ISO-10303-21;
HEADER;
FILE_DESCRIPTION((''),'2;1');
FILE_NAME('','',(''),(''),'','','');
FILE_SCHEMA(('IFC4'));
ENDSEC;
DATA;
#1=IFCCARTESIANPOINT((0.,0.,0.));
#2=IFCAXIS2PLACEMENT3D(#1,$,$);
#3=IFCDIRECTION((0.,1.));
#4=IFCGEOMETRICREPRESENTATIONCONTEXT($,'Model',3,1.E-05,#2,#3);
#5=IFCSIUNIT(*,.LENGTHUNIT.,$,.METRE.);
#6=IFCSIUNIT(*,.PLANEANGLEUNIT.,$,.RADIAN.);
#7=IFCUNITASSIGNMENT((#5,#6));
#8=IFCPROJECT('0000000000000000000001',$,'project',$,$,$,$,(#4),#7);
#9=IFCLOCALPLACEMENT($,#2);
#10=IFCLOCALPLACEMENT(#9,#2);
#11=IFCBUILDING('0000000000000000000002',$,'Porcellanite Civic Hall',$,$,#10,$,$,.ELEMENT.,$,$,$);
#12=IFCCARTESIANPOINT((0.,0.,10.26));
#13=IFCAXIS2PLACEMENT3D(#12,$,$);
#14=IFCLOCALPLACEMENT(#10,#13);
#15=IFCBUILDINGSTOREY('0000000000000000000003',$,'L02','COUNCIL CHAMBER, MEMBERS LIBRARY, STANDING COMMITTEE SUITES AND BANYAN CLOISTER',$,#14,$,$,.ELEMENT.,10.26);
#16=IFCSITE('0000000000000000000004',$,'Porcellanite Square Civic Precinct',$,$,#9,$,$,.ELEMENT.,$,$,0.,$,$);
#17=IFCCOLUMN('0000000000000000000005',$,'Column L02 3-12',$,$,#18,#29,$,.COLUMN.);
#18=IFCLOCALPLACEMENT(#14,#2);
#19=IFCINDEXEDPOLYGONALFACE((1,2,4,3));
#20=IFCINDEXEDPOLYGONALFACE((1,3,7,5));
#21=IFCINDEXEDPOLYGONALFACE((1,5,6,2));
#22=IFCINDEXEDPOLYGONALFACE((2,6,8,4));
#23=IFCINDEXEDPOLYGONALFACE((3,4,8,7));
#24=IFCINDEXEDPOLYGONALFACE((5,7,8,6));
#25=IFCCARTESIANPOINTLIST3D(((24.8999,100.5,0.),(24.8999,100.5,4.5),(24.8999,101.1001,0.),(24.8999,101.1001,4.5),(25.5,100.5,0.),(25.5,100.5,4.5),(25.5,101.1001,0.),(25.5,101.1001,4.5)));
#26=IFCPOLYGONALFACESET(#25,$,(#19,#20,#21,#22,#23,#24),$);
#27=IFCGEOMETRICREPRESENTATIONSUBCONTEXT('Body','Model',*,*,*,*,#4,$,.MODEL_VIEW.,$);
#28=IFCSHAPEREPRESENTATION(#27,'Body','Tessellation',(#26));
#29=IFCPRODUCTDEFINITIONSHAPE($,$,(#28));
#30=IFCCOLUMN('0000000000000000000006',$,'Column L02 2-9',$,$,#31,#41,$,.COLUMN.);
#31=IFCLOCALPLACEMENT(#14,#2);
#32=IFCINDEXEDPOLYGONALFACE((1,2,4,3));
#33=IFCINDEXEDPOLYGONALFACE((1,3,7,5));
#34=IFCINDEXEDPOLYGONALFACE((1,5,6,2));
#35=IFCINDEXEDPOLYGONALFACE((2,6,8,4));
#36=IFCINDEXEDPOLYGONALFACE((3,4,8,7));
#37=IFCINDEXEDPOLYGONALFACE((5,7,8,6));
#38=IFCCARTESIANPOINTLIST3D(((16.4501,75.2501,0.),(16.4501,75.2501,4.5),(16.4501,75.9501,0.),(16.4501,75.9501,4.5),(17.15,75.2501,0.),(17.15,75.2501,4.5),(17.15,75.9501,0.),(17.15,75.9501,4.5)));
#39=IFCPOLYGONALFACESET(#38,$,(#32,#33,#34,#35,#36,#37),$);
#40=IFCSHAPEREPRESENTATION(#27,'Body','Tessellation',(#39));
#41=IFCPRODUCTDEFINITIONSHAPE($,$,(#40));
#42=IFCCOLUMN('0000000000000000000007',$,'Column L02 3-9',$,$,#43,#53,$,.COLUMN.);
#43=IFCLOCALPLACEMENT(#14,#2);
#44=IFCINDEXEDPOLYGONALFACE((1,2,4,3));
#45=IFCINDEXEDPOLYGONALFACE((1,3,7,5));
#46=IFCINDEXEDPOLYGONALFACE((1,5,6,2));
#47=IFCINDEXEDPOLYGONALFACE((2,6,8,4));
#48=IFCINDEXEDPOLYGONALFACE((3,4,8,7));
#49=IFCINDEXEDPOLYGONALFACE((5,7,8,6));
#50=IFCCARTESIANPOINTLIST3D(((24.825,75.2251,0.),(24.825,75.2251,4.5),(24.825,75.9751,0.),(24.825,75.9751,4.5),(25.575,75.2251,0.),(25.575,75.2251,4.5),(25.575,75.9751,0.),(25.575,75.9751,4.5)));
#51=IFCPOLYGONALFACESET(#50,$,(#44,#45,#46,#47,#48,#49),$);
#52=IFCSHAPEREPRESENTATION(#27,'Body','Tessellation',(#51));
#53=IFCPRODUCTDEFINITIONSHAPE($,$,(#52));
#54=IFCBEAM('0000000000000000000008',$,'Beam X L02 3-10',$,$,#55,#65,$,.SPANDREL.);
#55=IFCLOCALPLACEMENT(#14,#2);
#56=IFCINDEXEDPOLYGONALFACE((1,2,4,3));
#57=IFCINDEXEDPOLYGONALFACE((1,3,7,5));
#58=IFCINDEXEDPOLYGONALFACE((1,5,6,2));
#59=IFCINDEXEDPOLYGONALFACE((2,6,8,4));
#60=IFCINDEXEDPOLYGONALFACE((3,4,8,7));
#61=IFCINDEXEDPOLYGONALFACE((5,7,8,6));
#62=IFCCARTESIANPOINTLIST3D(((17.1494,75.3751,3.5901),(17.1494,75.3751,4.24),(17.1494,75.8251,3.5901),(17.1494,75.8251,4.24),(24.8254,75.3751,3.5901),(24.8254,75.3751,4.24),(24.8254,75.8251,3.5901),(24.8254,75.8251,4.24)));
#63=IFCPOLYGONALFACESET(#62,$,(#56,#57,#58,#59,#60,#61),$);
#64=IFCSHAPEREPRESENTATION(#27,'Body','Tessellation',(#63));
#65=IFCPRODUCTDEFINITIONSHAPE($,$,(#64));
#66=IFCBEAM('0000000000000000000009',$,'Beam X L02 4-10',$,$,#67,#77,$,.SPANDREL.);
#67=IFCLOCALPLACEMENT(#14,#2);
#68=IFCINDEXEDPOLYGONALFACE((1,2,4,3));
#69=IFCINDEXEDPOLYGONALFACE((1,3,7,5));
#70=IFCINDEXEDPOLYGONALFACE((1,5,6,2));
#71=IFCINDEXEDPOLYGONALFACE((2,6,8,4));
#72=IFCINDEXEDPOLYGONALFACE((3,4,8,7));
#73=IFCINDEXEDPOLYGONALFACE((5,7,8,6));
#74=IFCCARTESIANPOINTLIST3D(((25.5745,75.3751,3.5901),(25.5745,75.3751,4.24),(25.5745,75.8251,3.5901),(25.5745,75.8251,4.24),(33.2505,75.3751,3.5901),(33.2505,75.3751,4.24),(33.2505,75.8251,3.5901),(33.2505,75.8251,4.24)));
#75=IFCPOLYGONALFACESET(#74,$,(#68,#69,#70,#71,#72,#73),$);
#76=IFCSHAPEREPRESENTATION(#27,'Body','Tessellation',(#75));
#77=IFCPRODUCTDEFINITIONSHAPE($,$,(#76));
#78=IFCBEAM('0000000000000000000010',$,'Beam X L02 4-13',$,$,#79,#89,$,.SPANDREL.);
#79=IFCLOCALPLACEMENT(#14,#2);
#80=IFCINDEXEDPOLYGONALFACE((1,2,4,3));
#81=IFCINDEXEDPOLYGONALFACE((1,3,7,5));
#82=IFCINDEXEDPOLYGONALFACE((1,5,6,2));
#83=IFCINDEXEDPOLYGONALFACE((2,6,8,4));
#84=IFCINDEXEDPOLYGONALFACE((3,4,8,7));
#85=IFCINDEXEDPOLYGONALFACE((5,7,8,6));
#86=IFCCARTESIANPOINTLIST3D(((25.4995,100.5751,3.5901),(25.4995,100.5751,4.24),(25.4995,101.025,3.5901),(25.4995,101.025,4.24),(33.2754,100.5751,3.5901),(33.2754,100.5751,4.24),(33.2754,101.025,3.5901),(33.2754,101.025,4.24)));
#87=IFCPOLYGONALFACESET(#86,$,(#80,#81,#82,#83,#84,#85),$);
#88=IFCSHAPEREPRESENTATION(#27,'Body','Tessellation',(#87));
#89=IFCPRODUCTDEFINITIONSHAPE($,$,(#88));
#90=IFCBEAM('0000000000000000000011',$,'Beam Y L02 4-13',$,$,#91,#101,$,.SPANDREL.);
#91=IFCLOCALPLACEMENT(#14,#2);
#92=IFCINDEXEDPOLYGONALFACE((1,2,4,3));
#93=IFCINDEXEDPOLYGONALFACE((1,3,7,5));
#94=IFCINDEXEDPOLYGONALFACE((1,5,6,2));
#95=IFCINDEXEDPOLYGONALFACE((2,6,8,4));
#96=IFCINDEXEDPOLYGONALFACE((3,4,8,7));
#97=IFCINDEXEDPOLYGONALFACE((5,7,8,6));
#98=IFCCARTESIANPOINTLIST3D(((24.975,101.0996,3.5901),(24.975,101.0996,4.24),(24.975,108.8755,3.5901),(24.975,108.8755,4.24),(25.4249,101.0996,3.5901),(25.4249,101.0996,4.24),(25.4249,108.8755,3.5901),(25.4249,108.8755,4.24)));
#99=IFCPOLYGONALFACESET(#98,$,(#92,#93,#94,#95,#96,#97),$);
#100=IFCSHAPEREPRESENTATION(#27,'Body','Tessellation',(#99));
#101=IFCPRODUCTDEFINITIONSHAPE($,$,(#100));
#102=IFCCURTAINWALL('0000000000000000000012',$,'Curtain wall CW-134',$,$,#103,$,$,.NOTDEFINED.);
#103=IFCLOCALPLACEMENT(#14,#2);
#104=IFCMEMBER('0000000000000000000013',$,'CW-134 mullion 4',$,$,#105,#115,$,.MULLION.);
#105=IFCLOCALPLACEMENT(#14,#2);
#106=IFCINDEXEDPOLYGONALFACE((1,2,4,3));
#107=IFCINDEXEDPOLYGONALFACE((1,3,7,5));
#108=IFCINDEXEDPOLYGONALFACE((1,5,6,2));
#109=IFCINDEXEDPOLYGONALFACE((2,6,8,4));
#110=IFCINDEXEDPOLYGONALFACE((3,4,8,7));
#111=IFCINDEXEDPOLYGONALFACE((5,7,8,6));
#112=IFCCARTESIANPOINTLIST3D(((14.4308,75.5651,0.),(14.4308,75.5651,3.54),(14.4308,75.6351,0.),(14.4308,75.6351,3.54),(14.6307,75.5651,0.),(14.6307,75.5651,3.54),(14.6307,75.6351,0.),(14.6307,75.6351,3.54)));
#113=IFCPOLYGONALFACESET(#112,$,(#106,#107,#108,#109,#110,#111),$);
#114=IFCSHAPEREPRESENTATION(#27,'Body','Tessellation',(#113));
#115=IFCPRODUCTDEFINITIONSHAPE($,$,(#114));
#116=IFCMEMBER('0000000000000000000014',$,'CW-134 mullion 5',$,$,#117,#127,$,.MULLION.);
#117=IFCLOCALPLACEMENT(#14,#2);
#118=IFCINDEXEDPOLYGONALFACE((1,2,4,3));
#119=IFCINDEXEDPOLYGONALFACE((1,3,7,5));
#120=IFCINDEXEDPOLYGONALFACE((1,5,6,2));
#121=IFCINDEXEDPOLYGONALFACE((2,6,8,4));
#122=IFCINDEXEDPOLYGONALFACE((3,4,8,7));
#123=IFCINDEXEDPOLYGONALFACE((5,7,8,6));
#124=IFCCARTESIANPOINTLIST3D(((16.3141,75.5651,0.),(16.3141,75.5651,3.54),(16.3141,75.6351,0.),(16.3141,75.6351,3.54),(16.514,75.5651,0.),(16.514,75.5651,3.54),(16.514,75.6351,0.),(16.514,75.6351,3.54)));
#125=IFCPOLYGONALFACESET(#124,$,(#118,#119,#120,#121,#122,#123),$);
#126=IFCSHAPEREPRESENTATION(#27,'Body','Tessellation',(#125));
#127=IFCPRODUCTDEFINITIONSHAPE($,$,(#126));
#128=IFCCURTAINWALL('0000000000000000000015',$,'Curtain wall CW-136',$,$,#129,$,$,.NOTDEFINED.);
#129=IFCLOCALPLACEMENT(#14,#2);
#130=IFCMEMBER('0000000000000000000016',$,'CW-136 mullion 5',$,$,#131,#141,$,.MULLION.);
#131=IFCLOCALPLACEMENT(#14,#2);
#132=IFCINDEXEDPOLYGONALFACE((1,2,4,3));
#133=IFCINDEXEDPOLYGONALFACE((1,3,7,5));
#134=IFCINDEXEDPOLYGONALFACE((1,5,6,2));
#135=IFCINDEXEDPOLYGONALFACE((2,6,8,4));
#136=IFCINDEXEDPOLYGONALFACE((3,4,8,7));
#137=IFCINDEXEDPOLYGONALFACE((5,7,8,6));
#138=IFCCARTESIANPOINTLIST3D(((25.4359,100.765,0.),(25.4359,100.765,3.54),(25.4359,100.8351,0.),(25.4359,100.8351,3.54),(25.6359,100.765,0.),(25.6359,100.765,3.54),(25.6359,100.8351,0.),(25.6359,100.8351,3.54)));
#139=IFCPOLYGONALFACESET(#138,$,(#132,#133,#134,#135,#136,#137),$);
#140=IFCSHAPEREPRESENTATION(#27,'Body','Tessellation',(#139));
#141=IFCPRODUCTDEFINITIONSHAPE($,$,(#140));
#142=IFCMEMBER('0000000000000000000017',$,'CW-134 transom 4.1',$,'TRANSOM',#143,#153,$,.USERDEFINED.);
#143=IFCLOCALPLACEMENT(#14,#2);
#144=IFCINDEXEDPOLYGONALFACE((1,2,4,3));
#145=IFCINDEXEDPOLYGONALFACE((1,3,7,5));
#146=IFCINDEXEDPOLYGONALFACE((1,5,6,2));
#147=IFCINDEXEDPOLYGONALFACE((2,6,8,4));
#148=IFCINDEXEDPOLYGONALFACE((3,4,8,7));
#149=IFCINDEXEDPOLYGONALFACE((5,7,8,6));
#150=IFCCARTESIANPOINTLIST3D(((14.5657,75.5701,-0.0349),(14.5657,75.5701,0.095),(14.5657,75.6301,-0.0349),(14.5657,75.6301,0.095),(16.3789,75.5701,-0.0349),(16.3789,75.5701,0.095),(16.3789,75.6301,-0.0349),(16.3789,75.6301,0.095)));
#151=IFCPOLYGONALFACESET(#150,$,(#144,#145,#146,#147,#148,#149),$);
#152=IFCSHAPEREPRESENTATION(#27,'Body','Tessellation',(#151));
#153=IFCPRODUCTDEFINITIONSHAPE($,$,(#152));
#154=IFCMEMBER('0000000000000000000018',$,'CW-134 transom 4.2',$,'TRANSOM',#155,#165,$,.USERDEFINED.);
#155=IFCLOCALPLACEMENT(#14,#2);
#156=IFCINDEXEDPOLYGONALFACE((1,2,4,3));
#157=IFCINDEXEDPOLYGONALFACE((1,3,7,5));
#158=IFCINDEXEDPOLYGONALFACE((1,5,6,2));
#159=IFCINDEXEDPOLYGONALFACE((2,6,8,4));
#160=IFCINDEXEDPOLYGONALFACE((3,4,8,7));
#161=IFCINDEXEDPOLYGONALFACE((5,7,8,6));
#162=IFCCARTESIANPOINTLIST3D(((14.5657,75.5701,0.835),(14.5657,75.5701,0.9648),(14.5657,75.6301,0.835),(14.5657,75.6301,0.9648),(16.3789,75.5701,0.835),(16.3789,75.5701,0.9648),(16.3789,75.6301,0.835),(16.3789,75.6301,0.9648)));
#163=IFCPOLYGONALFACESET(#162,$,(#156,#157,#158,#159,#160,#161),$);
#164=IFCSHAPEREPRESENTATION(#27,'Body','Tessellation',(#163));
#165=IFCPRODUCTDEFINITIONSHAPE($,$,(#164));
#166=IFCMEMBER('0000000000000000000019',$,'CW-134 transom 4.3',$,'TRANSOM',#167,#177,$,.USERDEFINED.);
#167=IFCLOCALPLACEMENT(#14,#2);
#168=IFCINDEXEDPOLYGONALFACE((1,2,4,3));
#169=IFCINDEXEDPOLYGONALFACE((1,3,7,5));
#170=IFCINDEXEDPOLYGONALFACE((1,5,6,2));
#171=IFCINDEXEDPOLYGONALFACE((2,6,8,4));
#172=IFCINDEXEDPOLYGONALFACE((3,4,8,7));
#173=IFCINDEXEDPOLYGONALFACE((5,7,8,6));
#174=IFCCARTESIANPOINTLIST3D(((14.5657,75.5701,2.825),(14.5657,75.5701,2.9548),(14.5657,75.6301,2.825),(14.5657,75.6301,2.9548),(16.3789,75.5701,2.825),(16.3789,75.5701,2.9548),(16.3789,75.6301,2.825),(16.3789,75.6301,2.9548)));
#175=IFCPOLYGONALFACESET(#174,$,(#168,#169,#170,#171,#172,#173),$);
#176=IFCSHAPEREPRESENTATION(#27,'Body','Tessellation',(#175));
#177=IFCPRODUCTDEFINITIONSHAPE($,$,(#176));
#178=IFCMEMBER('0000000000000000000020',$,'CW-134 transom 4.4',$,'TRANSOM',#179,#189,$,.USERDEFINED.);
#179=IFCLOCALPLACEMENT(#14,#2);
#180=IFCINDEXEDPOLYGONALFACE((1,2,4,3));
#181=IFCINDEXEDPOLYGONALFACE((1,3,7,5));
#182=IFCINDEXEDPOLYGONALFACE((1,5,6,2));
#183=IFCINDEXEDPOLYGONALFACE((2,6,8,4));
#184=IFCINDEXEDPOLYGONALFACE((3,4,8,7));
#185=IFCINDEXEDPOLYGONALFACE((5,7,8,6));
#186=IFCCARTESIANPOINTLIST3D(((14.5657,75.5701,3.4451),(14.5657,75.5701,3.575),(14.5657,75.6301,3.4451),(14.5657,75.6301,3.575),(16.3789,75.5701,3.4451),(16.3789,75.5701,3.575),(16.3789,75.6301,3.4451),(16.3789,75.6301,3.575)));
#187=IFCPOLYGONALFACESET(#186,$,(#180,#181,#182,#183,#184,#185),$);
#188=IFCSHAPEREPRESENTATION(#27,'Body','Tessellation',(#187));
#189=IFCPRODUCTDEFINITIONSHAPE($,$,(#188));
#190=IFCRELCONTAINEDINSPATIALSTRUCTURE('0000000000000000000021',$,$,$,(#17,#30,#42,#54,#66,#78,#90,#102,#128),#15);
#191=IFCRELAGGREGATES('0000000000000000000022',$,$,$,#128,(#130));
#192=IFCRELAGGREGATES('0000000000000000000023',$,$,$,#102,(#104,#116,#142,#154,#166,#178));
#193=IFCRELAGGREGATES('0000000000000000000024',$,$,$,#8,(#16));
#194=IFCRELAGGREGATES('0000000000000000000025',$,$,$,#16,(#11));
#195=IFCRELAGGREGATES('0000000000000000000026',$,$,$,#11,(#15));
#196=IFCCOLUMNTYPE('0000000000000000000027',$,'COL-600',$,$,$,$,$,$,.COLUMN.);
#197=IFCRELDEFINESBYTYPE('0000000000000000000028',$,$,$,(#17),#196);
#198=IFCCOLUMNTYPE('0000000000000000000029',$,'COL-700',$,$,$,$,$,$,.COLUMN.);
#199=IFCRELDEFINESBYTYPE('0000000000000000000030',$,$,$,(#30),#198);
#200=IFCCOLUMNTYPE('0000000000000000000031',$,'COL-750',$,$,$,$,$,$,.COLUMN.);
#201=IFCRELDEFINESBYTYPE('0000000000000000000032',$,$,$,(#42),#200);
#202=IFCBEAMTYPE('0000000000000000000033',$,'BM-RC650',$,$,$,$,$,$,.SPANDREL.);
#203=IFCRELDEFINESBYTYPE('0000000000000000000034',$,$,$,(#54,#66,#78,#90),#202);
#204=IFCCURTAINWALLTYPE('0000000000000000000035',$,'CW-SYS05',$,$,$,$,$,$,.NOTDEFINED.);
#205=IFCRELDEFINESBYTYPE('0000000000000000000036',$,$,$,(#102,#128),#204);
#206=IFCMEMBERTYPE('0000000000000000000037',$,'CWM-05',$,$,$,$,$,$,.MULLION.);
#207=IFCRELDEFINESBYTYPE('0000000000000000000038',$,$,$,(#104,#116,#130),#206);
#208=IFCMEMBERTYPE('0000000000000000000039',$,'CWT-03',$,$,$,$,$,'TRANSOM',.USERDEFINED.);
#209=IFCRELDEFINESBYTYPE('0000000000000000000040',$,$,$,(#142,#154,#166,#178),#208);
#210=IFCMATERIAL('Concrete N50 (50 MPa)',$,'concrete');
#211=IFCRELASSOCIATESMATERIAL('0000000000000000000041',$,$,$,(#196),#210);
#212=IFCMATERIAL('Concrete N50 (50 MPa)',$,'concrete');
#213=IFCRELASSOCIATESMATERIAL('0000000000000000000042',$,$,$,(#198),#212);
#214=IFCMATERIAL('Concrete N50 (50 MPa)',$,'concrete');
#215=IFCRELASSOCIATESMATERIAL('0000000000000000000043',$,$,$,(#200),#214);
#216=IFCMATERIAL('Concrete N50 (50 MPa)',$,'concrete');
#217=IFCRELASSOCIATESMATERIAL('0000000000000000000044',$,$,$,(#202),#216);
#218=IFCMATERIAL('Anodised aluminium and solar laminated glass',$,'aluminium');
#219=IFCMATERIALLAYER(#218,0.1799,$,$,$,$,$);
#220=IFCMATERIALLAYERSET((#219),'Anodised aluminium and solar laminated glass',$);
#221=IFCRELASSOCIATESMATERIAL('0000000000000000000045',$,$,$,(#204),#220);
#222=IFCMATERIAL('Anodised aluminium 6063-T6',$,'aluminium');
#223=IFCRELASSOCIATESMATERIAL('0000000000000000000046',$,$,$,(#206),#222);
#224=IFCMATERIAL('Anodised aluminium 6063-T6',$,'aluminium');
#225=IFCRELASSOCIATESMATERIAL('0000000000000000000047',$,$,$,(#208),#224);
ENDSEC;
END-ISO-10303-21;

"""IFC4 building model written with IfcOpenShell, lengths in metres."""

from ifc_helpers import new_model, si_unit, direction, frame, origin, origin_2d, place, context, subcontext, project, spatial, rectangle, extrude, material, layer, layer_set, material_profile, profile_set, type_object, element, aggregate, save


model = new_model("IFC4")

# Units and contexts
model_context = context("Model", 3, precision=1e-05, world=origin(), true_north=direction((0.0, 1.0)))
body_context = subcontext(model_context, "Body", "Model", "MODEL_VIEW")
ifc_project = project(units=[si_unit("LENGTHUNIT", "METRE"), si_unit("PLANEANGLEUNIT", "RADIAN")], contexts=[model_context])

# Site, building, storey
site_placement = place(None, origin())
site = spatial("IfcSite", under=ifc_project, at=site_placement, Name="Porcellanite Square Civic Precinct", CompositionType="ELEMENT", RefElevation=0.0)
building_placement = place(site_placement, origin())
building = spatial("IfcBuilding", under=site, at=building_placement, Name="Porcellanite Civic Hall", CompositionType="ELEMENT")
storey_placement = place(building_placement, frame((0.0, 0.0, 10.26)))
storey = spatial("IfcBuildingStorey", under=building, at=storey_placement, Name="L02", Description="COUNCIL CHAMBER, MEMBERS LIBRARY, STANDING COMMITTEE SUITES AND BANYAN CLOISTER", CompositionType="ELEMENT", Elevation=10.26)

# Columns
ifc_material_1 = material(Name="Concrete N50 (50 MPa)", Category="concrete")
ifc_material_profile_1 = material_profile(ifc_material_1, rectangle(XDim=0.6001, YDim=0.6001, at=origin_2d()), Name="RC-600x600")
ifc_profile_set_1 = profile_set([ifc_material_profile_1], Name="Concrete N50 (50 MPa)")
column_type_1 = type_object("IfcColumnType", Name="COL-600", PredefinedType="COLUMN", material=ifc_profile_set_1)
column_1_placement = place(storey_placement, frame((25.2, 100.8, 0.0), z_axis=(0.0, 0.0, 1.0), x_axis=(1.0, 0.0, 0.0)))
element("IfcColumn", 1, at=column_1_placement, inside=storey, type_object=column_type_1, Name="Column L02 3-12", PredefinedType="COLUMN", context=body_context, shape_type="SweptSolid", body=[
    extrude(rectangle(XDim=0.6001, YDim=0.6001, at=origin_2d()), origin(), (0.0, 0.0, 1.0), 4.5),
])
ifc_material_2 = material(Name="Concrete N50 (50 MPa)", Category="concrete")
ifc_material_profile_2 = material_profile(ifc_material_2, rectangle(XDim=0.7, YDim=0.7, at=origin_2d()), Name="RC-700x700")
ifc_profile_set_2 = profile_set([ifc_material_profile_2], Name="Concrete N50 (50 MPa)")
column_type_2 = type_object("IfcColumnType", Name="COL-700", PredefinedType="COLUMN", material=ifc_profile_set_2)
column_2_placement = place(storey_placement, frame((16.8, 75.6001, 0.0), z_axis=(0.0, 0.0, 1.0), x_axis=(1.0, 0.0, 0.0)))
element("IfcColumn", 2, at=column_2_placement, inside=storey, type_object=column_type_2, Name="Column L02 2-9", PredefinedType="COLUMN", context=body_context, shape_type="SweptSolid", body=[
    extrude(rectangle(XDim=0.7, YDim=0.7, at=origin_2d()), origin(), (0.0, 0.0, 1.0), 4.5),
])
ifc_material_3 = material(Name="Concrete N50 (50 MPa)", Category="concrete")
ifc_material_profile_3 = material_profile(ifc_material_3, rectangle(XDim=0.75, YDim=0.75, at=origin_2d()), Name="RC-750x750")
ifc_profile_set_3 = profile_set([ifc_material_profile_3], Name="Concrete N50 (50 MPa)")
column_type_3 = type_object("IfcColumnType", Name="COL-750", PredefinedType="COLUMN", material=ifc_profile_set_3)
column_3_placement = place(storey_placement, frame((25.2, 75.6001, 0.0), z_axis=(0.0, 0.0, 1.0), x_axis=(1.0, 0.0, 0.0)))
element("IfcColumn", 3, at=column_3_placement, inside=storey, type_object=column_type_3, Name="Column L02 3-9", PredefinedType="COLUMN", context=body_context, shape_type="SweptSolid", body=[
    extrude(rectangle(XDim=0.75, YDim=0.75, at=origin_2d()), origin(), (0.0, 0.0, 1.0), 4.5),
])

# Beams
ifc_material_4 = material(Name="Concrete N50 (50 MPa)", Category="concrete")
ifc_material_profile_4 = material_profile(ifc_material_4, rectangle(XDim=0.45, YDim=0.6499, at=origin_2d()), Name="RC-450x650")
ifc_profile_set_4 = profile_set([ifc_material_profile_4], Name="Concrete N50 (50 MPa)")
beam_type = type_object("IfcBeamType", Name="BM-RC650", PredefinedType="SPANDREL", material=ifc_profile_set_4)
for number, where, z_axis, x_axis, name in (
    (4, (17.1494, 75.6001, 3.915), (1.0, 0.0, 0.0), (0.0, 1.0, 0.0), "Beam X L02 3-10"),
    (5, (25.5745, 75.6001, 3.915), (1.0, 0.0, 0.0), (0.0, 1.0, 0.0), "Beam X L02 4-10"),
):
    element("IfcBeam", number, at=place(storey_placement, frame(where, z_axis=z_axis, x_axis=x_axis)), inside=storey, type_object=beam_type, Name=name, PredefinedType="SPANDREL", context=body_context, shape_type="SweptSolid", body=[
        extrude(rectangle(XDim=0.45, YDim=0.6499, at=origin_2d()), origin(), (0.0, 0.0, 1.0), 7.676),
    ])
for number, where, z_axis, x_axis, name in (
    (6, (25.4995, 100.8, 3.915), (1.0, 0.0, 0.0), (0.0, 1.0, 0.0), "Beam X L02 4-13"),
    (7, (25.2, 101.0996, 3.915), (0.0, 1.0, 0.0), (-1.0, 0.0, 0.0), "Beam Y L02 4-13"),
):
    element("IfcBeam", number, at=place(storey_placement, frame(where, z_axis=z_axis, x_axis=x_axis)), inside=storey, type_object=beam_type, Name=name, PredefinedType="SPANDREL", context=body_context, shape_type="SweptSolid", body=[
        extrude(rectangle(XDim=0.45, YDim=0.6499, at=origin_2d()), origin(), (0.0, 0.0, 1.0), 7.7759),
    ])

# Curtain wall, members
ifc_material_5 = material(Name="Anodised aluminium and solar laminated glass", Category="aluminium")
ifc_layer_1 = layer(ifc_material_5, 0.1799)
ifc_layer_set_1 = layer_set([ifc_layer_1], Name="Anodised aluminium and solar laminated glass")
curtain_wall_type = type_object("IfcCurtainWallType", Name="CW-SYS05", PredefinedType="NOTDEFINED", material=ifc_layer_set_1)
curtain_wall_1_placement = place(storey_placement, origin())
curtain_wall_1 = element("IfcCurtainWall", 8, at=curtain_wall_1_placement, inside=storey, type_object=curtain_wall_type, Name="Curtain wall CW-134", PredefinedType="NOTDEFINED")
ifc_material_6 = material(Name="Anodised aluminium 6063-T6", Category="aluminium")
ifc_material_profile_5 = material_profile(ifc_material_6, rectangle(XDim=0.0701, YDim=0.2, at=origin_2d()), Name="AL-70x200")
ifc_profile_set_5 = profile_set([ifc_material_profile_5], Name="Anodised aluminium 6063-T6")
member_type_1 = type_object("IfcMemberType", Name="CWM-05", PredefinedType="MULLION", material=ifc_profile_set_5)
member_1_placement = place(storey_placement, frame((14.5308, 75.6001, 0.0), z_axis=(0.0, 0.0, 1.0), x_axis=(0.0, 1.0, 0.0)))
member_1 = element("IfcMember", 9, at=member_1_placement, type_object=member_type_1, Name="CW-134 mullion 4", PredefinedType="MULLION", context=body_context, shape_type="SweptSolid", body=[
    extrude(rectangle(XDim=0.0701, YDim=0.2, at=origin_2d()), origin(), (0.0, 0.0, 1.0), 3.54),
])
member_2_placement = place(storey_placement, frame((16.4141, 75.6001, 0.0), z_axis=(0.0, 0.0, 1.0), x_axis=(0.0, 1.0, 0.0)))
member_2 = element("IfcMember", 10, at=member_2_placement, type_object=member_type_1, Name="CW-134 mullion 5", PredefinedType="MULLION", context=body_context, shape_type="SweptSolid", body=[
    extrude(rectangle(XDim=0.0701, YDim=0.2, at=origin_2d()), origin(), (0.0, 0.0, 1.0), 3.54),
])

# Curtain wall, member
curtain_wall_2_placement = place(storey_placement, origin())
curtain_wall_2 = element("IfcCurtainWall", 11, at=curtain_wall_2_placement, inside=storey, type_object=curtain_wall_type, Name="Curtain wall CW-136", PredefinedType="NOTDEFINED")
member_3_placement = place(storey_placement, frame((25.5359, 100.8, 0.0), z_axis=(0.0, 0.0, 1.0), x_axis=(0.0, -1.0, 0.0)))
member_3 = element("IfcMember", 12, at=member_3_placement, type_object=member_type_1, Name="CW-136 mullion 5", PredefinedType="MULLION", context=body_context, shape_type="SweptSolid", body=[
    extrude(rectangle(XDim=0.0701, YDim=0.2, at=origin_2d()), origin(), (0.0, 0.0, 1.0), 3.54),
])
aggregate(curtain_wall_2, [member_3])

# Members
ifc_material_7 = material(Name="Anodised aluminium 6063-T6", Category="aluminium")
ifc_material_profile_6 = material_profile(ifc_material_7, rectangle(XDim=0.0601, YDim=0.1299, at=origin_2d()), Name="AL-60x130")
ifc_profile_set_6 = profile_set([ifc_material_profile_6], Name="Anodised aluminium 6063-T6")
member_type_2 = type_object("IfcMemberType", Name="CWT-03", ElementType="TRANSOM", PredefinedType="USERDEFINED", material=ifc_profile_set_6)
member_4_placement = place(storey_placement, frame((14.5657, 75.6001, 0.03), z_axis=(1.0, 0.0, 0.0), x_axis=(0.0, 1.0, 0.0)))
member_4 = element("IfcMember", 13, at=member_4_placement, type_object=member_type_2, Name="CW-134 transom 4.1", ObjectType="TRANSOM", PredefinedType="USERDEFINED", context=body_context, shape_type="SweptSolid", body=[
    extrude(rectangle(XDim=0.0601, YDim=0.1299, at=origin_2d()), origin(), (0.0, 0.0, 1.0), 1.8132),
])
member_5_placement = place(storey_placement, frame((14.5657, 75.6001, 0.8999), z_axis=(1.0, 0.0, 0.0), x_axis=(0.0, 1.0, 0.0)))
member_5 = element("IfcMember", 14, at=member_5_placement, type_object=member_type_2, Name="CW-134 transom 4.2", ObjectType="TRANSOM", PredefinedType="USERDEFINED", context=body_context, shape_type="SweptSolid", body=[
    extrude(rectangle(XDim=0.0601, YDim=0.1299, at=origin_2d()), origin(), (0.0, 0.0, 1.0), 1.8132),
])
member_6_placement = place(storey_placement, frame((14.5657, 75.6001, 2.8899), z_axis=(1.0, 0.0, 0.0), x_axis=(0.0, 1.0, 0.0)))
member_6 = element("IfcMember", 15, at=member_6_placement, type_object=member_type_2, Name="CW-134 transom 4.3", ObjectType="TRANSOM", PredefinedType="USERDEFINED", context=body_context, shape_type="SweptSolid", body=[
    extrude(rectangle(XDim=0.0601, YDim=0.1299, at=origin_2d()), origin(), (0.0, 0.0, 1.0), 1.8132),
])
member_7_placement = place(storey_placement, frame((14.5657, 75.6001, 3.51), z_axis=(1.0, 0.0, 0.0), x_axis=(0.0, 1.0, 0.0)))
member_7 = element("IfcMember", 16, at=member_7_placement, type_object=member_type_2, Name="CW-134 transom 4.4", ObjectType="TRANSOM", PredefinedType="USERDEFINED", context=body_context, shape_type="SweptSolid", body=[
    extrude(rectangle(XDim=0.0601, YDim=0.1299, at=origin_2d()), origin(), (0.0, 0.0, 1.0), 1.8132),
])

aggregate(curtain_wall_1, [member_1, member_2, member_4, member_5, member_6, member_7])

save(model, "model.ifc")
